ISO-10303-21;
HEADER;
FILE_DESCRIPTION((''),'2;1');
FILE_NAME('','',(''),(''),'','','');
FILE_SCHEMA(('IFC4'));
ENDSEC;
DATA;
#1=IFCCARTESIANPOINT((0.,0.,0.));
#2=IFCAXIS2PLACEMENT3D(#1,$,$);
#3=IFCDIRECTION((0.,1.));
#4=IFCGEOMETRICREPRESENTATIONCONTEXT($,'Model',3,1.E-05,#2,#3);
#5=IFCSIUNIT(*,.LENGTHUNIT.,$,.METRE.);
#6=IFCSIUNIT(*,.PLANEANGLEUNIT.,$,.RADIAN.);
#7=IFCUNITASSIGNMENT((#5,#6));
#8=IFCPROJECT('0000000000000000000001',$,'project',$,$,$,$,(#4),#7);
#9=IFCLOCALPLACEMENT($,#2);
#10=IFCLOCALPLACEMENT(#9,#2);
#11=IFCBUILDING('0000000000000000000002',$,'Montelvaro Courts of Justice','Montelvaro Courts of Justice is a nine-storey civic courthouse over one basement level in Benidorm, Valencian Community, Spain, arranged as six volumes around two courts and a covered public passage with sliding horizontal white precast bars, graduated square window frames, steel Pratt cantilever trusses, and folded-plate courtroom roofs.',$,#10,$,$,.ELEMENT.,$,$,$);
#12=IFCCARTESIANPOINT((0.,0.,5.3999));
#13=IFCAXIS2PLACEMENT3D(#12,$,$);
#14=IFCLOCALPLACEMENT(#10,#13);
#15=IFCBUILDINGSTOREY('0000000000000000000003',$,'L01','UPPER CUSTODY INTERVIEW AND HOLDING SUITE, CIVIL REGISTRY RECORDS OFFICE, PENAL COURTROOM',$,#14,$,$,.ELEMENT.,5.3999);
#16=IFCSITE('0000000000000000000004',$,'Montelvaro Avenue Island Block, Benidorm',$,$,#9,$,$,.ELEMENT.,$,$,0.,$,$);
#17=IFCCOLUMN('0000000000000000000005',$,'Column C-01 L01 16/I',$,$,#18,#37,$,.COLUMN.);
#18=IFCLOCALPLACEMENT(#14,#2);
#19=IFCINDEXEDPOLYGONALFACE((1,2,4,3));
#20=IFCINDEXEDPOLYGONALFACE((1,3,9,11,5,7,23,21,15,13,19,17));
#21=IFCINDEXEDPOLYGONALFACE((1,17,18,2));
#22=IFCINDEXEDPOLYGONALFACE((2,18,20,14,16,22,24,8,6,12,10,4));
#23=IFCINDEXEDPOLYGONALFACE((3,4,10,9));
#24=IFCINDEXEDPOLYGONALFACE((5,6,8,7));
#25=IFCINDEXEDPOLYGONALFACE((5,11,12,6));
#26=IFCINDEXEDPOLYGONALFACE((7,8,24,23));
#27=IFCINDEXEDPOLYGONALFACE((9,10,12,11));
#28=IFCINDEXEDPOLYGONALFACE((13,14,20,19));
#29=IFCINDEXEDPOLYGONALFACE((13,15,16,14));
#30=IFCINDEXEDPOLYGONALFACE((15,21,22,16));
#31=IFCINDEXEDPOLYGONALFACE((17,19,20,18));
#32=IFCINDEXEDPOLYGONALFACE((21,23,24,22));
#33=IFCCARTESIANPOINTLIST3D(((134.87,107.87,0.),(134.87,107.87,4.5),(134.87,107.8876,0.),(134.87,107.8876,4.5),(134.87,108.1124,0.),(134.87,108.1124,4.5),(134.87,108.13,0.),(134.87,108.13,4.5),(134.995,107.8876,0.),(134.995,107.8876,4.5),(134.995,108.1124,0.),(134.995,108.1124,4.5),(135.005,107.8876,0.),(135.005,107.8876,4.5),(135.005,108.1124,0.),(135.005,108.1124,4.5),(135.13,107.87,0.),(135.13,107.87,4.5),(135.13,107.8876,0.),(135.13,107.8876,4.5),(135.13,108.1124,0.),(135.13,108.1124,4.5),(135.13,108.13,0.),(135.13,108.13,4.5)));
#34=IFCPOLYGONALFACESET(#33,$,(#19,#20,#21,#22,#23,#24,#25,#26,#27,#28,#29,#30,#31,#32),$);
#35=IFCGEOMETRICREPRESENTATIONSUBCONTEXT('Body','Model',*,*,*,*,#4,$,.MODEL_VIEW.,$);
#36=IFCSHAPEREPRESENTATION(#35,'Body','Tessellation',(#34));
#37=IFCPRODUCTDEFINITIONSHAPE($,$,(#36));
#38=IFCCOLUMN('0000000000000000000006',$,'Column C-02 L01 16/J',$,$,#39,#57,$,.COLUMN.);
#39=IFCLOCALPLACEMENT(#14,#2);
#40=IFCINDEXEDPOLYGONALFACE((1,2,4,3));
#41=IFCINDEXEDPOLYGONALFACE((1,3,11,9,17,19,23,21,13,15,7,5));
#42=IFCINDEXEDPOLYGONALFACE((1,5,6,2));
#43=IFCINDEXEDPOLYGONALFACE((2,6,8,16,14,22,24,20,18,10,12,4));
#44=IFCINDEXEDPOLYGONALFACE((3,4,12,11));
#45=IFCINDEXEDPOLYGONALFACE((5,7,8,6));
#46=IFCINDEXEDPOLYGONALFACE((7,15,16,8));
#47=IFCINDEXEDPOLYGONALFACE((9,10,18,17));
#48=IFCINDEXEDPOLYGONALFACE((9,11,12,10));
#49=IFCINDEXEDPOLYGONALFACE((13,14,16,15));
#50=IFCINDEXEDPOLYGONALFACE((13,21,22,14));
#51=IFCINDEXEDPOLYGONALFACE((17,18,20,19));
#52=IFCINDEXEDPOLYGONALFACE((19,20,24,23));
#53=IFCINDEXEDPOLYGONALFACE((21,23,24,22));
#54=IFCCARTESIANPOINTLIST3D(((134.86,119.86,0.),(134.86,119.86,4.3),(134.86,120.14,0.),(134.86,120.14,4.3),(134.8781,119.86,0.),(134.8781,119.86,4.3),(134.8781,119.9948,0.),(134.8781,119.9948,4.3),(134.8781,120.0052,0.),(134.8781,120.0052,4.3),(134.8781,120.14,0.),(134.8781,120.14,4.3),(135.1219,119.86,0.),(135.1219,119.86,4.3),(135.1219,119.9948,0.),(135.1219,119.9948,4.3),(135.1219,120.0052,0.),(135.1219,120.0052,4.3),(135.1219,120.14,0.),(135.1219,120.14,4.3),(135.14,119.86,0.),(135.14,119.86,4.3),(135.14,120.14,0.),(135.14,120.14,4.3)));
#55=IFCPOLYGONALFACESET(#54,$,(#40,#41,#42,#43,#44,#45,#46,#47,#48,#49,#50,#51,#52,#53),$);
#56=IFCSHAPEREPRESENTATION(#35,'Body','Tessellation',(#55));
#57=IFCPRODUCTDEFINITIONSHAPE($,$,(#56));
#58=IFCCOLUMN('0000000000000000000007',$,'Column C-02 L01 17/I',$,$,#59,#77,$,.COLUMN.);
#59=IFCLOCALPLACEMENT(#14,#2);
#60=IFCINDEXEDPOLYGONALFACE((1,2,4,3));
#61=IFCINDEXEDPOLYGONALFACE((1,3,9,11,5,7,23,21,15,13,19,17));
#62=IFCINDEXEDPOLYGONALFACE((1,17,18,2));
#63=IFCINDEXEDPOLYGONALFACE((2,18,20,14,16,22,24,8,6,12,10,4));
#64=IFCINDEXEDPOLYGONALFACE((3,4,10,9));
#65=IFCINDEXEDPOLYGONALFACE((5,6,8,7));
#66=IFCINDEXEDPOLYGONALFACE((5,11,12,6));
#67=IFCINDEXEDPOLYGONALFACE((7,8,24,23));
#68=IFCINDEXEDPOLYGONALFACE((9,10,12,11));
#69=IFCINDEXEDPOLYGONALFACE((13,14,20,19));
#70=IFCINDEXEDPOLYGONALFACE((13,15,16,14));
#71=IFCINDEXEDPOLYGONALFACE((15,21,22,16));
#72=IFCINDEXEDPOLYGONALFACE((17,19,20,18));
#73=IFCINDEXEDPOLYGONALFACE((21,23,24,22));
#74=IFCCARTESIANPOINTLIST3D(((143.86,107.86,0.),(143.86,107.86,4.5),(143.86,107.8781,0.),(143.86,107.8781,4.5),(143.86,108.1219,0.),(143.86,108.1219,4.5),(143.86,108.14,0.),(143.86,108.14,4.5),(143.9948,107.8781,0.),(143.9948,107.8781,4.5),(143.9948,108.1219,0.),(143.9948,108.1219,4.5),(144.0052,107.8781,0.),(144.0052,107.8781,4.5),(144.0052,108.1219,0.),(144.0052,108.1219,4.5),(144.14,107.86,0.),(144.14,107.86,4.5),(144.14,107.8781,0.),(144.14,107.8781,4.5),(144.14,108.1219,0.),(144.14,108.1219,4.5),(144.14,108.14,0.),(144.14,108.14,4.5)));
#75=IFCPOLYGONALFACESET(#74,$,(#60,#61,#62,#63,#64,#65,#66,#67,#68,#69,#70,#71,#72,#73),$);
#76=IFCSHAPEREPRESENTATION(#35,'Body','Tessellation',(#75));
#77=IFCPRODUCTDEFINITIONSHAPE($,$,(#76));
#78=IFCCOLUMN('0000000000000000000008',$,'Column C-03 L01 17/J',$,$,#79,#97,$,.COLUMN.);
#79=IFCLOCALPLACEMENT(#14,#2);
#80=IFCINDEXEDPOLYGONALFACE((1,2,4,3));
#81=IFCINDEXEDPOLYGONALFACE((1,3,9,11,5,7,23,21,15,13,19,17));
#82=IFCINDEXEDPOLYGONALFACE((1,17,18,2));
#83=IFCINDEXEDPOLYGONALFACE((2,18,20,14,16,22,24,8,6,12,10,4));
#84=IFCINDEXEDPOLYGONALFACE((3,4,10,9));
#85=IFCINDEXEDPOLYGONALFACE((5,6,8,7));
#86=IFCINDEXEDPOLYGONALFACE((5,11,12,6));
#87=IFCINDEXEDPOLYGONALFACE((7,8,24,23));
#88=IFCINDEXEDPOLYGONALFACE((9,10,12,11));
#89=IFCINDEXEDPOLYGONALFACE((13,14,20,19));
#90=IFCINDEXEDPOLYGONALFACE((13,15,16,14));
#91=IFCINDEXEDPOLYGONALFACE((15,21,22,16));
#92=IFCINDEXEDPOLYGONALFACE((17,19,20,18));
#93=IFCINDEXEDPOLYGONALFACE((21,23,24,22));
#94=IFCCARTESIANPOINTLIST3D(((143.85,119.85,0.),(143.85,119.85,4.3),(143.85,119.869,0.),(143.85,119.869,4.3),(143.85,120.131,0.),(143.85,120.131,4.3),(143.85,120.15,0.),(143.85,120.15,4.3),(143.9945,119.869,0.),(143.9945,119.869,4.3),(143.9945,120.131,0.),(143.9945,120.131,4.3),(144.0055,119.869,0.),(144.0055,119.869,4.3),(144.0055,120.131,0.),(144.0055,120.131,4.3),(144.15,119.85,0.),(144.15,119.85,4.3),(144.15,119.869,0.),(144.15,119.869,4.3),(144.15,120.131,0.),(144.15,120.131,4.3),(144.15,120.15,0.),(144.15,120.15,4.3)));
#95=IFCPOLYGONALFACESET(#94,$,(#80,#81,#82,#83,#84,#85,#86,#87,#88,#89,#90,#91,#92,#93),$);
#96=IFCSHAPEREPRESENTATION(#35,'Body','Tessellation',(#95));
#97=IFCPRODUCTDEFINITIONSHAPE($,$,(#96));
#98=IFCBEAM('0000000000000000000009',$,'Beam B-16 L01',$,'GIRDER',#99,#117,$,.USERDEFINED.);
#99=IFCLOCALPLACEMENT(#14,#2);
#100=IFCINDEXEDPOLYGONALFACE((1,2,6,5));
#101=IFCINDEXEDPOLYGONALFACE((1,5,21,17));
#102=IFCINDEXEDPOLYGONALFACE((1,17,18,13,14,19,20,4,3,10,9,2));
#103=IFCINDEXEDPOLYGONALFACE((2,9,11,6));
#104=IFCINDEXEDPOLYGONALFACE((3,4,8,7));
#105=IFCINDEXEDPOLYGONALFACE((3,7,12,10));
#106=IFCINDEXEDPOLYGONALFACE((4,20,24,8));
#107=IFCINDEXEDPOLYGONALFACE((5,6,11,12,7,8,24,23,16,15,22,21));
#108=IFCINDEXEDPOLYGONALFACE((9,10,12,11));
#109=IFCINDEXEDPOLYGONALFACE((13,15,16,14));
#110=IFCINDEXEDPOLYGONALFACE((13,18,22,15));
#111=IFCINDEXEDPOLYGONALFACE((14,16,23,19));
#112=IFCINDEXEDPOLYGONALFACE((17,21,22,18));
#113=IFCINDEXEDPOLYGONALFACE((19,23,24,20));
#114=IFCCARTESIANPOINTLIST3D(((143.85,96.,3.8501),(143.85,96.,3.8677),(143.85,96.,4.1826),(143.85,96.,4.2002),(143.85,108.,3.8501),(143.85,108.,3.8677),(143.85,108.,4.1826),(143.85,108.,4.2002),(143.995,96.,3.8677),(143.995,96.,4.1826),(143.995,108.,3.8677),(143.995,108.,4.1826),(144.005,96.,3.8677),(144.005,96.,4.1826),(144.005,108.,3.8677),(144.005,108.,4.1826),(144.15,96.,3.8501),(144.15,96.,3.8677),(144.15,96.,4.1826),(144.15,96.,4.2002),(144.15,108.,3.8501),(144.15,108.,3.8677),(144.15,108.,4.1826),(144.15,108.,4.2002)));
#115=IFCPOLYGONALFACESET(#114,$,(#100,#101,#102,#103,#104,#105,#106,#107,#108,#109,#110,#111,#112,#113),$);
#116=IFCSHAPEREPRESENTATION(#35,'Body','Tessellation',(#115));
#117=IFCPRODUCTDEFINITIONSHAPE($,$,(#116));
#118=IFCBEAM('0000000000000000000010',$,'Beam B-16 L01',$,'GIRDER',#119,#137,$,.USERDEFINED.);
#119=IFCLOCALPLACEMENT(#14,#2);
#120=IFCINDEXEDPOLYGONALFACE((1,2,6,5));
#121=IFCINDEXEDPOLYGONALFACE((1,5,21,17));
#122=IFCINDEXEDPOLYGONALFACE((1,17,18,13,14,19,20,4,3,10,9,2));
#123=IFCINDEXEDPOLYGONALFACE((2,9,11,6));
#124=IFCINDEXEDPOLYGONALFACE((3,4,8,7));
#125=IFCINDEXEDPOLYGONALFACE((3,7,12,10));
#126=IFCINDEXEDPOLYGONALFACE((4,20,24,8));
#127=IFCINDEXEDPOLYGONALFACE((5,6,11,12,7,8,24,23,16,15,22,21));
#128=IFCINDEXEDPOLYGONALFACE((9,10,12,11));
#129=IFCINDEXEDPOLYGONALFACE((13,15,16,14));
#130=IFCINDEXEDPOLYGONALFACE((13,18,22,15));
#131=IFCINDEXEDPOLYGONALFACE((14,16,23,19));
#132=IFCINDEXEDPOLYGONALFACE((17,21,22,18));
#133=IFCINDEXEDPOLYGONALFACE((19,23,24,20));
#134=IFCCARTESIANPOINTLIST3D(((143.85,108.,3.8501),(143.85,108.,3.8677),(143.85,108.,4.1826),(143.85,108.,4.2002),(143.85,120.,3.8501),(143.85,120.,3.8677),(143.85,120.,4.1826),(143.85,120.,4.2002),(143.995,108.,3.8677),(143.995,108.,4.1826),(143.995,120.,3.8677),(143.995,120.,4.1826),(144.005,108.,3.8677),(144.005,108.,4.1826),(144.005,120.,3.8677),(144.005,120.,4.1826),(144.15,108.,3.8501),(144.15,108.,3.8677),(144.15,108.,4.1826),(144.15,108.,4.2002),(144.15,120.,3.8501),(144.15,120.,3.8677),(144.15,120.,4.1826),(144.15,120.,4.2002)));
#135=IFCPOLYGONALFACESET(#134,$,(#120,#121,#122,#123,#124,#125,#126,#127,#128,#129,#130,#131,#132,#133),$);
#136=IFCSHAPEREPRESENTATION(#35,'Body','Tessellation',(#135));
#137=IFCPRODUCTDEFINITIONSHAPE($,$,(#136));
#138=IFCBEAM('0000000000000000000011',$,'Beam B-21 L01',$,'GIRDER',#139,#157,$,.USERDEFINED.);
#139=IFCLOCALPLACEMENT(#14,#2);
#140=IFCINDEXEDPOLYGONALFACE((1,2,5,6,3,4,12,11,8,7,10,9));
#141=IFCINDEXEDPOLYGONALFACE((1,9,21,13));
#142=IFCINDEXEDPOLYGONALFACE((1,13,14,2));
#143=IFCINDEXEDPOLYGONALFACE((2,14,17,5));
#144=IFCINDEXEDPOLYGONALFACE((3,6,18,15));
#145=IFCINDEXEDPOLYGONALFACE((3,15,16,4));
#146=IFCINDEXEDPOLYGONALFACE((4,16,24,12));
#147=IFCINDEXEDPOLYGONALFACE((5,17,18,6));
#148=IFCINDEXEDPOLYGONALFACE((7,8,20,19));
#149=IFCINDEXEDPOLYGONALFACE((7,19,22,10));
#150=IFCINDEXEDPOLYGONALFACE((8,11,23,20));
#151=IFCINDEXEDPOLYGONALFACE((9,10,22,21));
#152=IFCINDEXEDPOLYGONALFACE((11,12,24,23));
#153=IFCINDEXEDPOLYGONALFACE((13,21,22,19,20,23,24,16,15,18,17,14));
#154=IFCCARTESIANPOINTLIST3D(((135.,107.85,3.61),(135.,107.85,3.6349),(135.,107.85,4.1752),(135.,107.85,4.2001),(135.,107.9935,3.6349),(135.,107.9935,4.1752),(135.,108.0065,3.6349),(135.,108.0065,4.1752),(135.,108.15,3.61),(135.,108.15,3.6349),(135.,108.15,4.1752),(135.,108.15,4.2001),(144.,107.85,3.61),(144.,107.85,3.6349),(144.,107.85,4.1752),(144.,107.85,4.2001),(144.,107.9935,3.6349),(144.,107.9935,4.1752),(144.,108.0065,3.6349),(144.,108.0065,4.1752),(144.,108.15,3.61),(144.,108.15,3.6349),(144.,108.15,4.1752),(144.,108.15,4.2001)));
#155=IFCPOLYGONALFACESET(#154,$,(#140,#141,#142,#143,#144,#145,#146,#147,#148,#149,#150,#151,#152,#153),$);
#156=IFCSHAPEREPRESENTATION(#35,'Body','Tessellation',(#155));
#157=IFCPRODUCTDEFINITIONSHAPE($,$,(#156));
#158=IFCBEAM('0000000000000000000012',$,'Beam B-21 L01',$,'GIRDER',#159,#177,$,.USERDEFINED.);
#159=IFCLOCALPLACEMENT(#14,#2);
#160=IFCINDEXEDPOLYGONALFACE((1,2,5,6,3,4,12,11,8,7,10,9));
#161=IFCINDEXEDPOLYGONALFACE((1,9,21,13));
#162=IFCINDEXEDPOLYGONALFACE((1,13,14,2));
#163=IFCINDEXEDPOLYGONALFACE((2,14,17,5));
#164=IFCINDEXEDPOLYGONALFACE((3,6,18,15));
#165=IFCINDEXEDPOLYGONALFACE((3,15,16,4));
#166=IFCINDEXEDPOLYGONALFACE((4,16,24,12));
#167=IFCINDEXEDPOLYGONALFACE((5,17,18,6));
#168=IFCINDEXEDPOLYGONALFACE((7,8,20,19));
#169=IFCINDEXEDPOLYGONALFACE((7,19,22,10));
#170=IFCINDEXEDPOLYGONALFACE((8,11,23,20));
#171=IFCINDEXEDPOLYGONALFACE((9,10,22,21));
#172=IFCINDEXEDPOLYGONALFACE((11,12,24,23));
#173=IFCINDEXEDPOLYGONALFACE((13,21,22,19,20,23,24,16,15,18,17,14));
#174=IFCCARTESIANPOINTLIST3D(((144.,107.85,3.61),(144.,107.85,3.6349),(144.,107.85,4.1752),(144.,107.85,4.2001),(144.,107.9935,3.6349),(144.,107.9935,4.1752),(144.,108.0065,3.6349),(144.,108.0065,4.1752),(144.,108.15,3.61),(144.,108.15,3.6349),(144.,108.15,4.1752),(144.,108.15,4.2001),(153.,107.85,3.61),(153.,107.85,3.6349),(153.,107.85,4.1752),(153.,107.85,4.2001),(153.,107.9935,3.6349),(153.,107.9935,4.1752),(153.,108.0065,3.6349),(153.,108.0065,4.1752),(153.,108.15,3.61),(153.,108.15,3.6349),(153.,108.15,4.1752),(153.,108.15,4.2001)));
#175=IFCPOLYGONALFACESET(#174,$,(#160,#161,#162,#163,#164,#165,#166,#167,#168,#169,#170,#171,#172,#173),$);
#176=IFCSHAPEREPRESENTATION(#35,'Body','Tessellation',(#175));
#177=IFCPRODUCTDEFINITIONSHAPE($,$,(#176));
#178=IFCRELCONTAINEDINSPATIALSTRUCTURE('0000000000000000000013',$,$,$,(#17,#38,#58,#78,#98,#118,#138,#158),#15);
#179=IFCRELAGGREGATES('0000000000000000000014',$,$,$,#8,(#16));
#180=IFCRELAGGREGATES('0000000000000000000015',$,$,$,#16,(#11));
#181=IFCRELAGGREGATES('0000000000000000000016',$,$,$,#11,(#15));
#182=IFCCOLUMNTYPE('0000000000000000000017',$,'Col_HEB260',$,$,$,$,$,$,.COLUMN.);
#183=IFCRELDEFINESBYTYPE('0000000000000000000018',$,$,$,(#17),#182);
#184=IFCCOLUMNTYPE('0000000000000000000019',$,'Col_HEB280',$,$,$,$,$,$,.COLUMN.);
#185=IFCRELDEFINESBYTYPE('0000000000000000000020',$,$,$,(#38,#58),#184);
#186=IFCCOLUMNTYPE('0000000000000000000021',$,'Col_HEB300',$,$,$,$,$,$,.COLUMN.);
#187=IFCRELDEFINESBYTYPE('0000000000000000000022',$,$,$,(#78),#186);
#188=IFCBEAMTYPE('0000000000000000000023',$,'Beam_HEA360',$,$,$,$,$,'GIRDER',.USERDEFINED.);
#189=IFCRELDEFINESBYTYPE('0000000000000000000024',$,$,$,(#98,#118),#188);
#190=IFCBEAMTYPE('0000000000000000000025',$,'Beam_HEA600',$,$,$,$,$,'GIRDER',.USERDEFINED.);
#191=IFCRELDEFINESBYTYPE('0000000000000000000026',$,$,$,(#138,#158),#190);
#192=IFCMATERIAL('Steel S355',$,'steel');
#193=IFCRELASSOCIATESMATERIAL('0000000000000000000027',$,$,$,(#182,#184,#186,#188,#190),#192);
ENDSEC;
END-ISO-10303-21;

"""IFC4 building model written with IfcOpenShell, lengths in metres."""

from ifc_helpers import new_model, si_unit, direction, frame, origin, origin_2d, place, context, subcontext, project, spatial, i_section, extrude, material, material_profile, profile_set, type_object, element, save


model = new_model("IFC4")

# Units and contexts
model_context = context("Model", 3, precision=1e-05, world=origin(), true_north=direction((0.0, 1.0)))
body_context = subcontext(model_context, "Body", "Model", "MODEL_VIEW")
ifc_project = project(units=[si_unit("LENGTHUNIT", "METRE"), si_unit("PLANEANGLEUNIT", "RADIAN")], contexts=[model_context])

# Site, building, storey
site_placement = place(None, origin())
site = spatial("IfcSite", under=ifc_project, at=site_placement, Name="Montelvaro Avenue Island Block, Benidorm", CompositionType="ELEMENT", RefElevation=0.0)
building_placement = place(site_placement, origin())
building = spatial("IfcBuilding", under=site, at=building_placement, Name="Montelvaro Courts of Justice", Description="Montelvaro Courts of Justice is a nine-storey civic courthouse over one basement level in Benidorm, Valencian Community, Spain, arranged as six volumes around two courts and a covered public passage with sliding horizontal white precast bars, graduated square window frames, steel Pratt cantilever trusses, and folded-plate courtroom roofs.", CompositionType="ELEMENT")
storey_placement = place(building_placement, frame((0.0, 0.0, 5.3999)))
storey = spatial("IfcBuildingStorey", under=building, at=storey_placement, Name="L01", Description="UPPER CUSTODY INTERVIEW AND HOLDING SUITE, CIVIL REGISTRY RECORDS OFFICE, PENAL COURTROOM", CompositionType="ELEMENT", Elevation=5.3999)

# Columns
ifc_material_1 = material(Name="Steel S355", Category="steel")
ifc_material_profile_1 = material_profile(ifc_material_1, i_section(OverallWidth=0.26, OverallDepth=0.26, WebThickness=0.01, FlangeThickness=0.0176, at=origin_2d()), Name="HEB 260")
ifc_profile_set_1 = profile_set([ifc_material_profile_1], Name="Steel S355")
column_type_1 = type_object("IfcColumnType", Name="Col_HEB260", PredefinedType="COLUMN", material=ifc_profile_set_1)
column_1_placement = place(storey_placement, frame((135.0, 108.0, 0.0), z_axis=(0.0, 0.0, 1.0), x_axis=(1.0, 0.0, 0.0)))
element("IfcColumn", 1, at=column_1_placement, inside=storey, type_object=column_type_1, Name="Column C-01 L01 16/I", PredefinedType="COLUMN", context=body_context, shape_type="SweptSolid", body=[
    extrude(i_section(OverallWidth=0.26, OverallDepth=0.26, WebThickness=0.01, FlangeThickness=0.0176, at=origin_2d()), origin(), (0.0, 0.0, 1.0), 4.5),
])
ifc_material_profile_2 = material_profile(ifc_material_1, i_section(OverallWidth=0.28, OverallDepth=0.28, WebThickness=0.0105, FlangeThickness=0.0181, at=origin_2d()), Name="HEB 280")
ifc_profile_set_2 = profile_set([ifc_material_profile_2], Name="Steel S355")
column_type_2 = type_object("IfcColumnType", Name="Col_HEB280", PredefinedType="COLUMN", material=ifc_profile_set_2)
column_2_placement = place(storey_placement, frame((135.0, 120.0, 0.0), z_axis=(0.0, 0.0, 1.0), x_axis=(0.0, 1.0, 0.0)))
element("IfcColumn", 2, at=column_2_placement, inside=storey, type_object=column_type_2, Name="Column C-02 L01 16/J", PredefinedType="COLUMN", context=body_context, shape_type="SweptSolid", body=[
    extrude(i_section(OverallWidth=0.28, OverallDepth=0.28, WebThickness=0.0105, FlangeThickness=0.0181, at=origin_2d()), origin(), (0.0, 0.0, 1.0), 4.3),
])
column_3_placement = place(storey_placement, frame((144.0, 108.0, 0.0), z_axis=(0.0, 0.0, 1.0), x_axis=(1.0, 0.0, 0.0)))
element("IfcColumn", 3, at=column_3_placement, inside=storey, type_object=column_type_2, Name="Column C-02 L01 17/I", PredefinedType="COLUMN", context=body_context, shape_type="SweptSolid", body=[
    extrude(i_section(OverallWidth=0.28, OverallDepth=0.28, WebThickness=0.0105, FlangeThickness=0.0181, at=origin_2d()), origin(), (0.0, 0.0, 1.0), 4.5),
])
ifc_material_profile_3 = material_profile(ifc_material_1, i_section(OverallWidth=0.3, OverallDepth=0.3, WebThickness=0.011, FlangeThickness=0.019, at=origin_2d()), Name="HEB 300")
ifc_profile_set_3 = profile_set([ifc_material_profile_3], Name="Steel S355")
column_type_3 = type_object("IfcColumnType", Name="Col_HEB300", PredefinedType="COLUMN", material=ifc_profile_set_3)
column_4_placement = place(storey_placement, frame((144.0, 120.0, 0.0), z_axis=(0.0, 0.0, 1.0), x_axis=(1.0, 0.0, 0.0)))
element("IfcColumn", 4, at=column_4_placement, inside=storey, type_object=column_type_3, Name="Column C-03 L01 17/J", PredefinedType="COLUMN", context=body_context, shape_type="SweptSolid", body=[
    extrude(i_section(OverallWidth=0.3, OverallDepth=0.3, WebThickness=0.011, FlangeThickness=0.019, at=origin_2d()), origin(), (0.0, 0.0, 1.0), 4.3),
])

# Beams
ifc_material_profile_4 = material_profile(ifc_material_1, i_section(OverallWidth=0.3, OverallDepth=0.3501, WebThickness=0.01, FlangeThickness=0.0176, at=origin_2d()), Name="HEA 360")
ifc_profile_set_4 = profile_set([ifc_material_profile_4], Name="Steel S355")
beam_type_1 = type_object("IfcBeamType", Name="Beam_HEA360", ElementType="GIRDER", PredefinedType="USERDEFINED", material=ifc_profile_set_4)
for number, where, z_axis, x_axis, name in (
    (5, (144.0, 96.0, 4.0251), (0.0, 1.0, 0.0), (-1.0, 0.0, 0.0), "Beam B-16 L01"),
    (6, (144.0, 108.0, 4.0251), (0.0, 1.0, 0.0), (-1.0, 0.0, 0.0), "Beam B-16 L01"),
):
    element("IfcBeam", number, at=place(storey_placement, frame(where, z_axis=z_axis, x_axis=x_axis)), inside=storey, type_object=beam_type_1, Name=name, ObjectType="GIRDER", PredefinedType="USERDEFINED", context=body_context, shape_type="SweptSolid", body=[
        extrude(i_section(OverallWidth=0.3, OverallDepth=0.3501, WebThickness=0.01, FlangeThickness=0.0176, at=origin_2d()), origin(), (0.0, 0.0, 1.0), 12.0),
    ])
ifc_material_profile_5 = material_profile(ifc_material_1, i_section(OverallWidth=0.3, OverallDepth=0.5901, WebThickness=0.0129, FlangeThickness=0.0249, at=origin_2d()), Name="HEA 600")
ifc_profile_set_5 = profile_set([ifc_material_profile_5], Name="Steel S355")
beam_type_2 = type_object("IfcBeamType", Name="Beam_HEA600", ElementType="GIRDER", PredefinedType="USERDEFINED", material=ifc_profile_set_5)
for number, where, z_axis, x_axis, name in (
    (7, (135.0, 108.0, 3.905), (1.0, 0.0, 0.0), (0.0, 1.0, 0.0), "Beam B-21 L01"),
    (8, (144.0, 108.0, 3.905), (1.0, 0.0, 0.0), (0.0, 1.0, 0.0), "Beam B-21 L01"),
):
    element("IfcBeam", number, at=place(storey_placement, frame(where, z_axis=z_axis, x_axis=x_axis)), inside=storey, type_object=beam_type_2, Name=name, ObjectType="GIRDER", PredefinedType="USERDEFINED", context=body_context, shape_type="SweptSolid", body=[
        extrude(i_section(OverallWidth=0.3, OverallDepth=0.5901, WebThickness=0.0129, FlangeThickness=0.0249, at=origin_2d()), origin(), (0.0, 0.0, 1.0), 9.0),
    ])

save(model, "model.ifc")
